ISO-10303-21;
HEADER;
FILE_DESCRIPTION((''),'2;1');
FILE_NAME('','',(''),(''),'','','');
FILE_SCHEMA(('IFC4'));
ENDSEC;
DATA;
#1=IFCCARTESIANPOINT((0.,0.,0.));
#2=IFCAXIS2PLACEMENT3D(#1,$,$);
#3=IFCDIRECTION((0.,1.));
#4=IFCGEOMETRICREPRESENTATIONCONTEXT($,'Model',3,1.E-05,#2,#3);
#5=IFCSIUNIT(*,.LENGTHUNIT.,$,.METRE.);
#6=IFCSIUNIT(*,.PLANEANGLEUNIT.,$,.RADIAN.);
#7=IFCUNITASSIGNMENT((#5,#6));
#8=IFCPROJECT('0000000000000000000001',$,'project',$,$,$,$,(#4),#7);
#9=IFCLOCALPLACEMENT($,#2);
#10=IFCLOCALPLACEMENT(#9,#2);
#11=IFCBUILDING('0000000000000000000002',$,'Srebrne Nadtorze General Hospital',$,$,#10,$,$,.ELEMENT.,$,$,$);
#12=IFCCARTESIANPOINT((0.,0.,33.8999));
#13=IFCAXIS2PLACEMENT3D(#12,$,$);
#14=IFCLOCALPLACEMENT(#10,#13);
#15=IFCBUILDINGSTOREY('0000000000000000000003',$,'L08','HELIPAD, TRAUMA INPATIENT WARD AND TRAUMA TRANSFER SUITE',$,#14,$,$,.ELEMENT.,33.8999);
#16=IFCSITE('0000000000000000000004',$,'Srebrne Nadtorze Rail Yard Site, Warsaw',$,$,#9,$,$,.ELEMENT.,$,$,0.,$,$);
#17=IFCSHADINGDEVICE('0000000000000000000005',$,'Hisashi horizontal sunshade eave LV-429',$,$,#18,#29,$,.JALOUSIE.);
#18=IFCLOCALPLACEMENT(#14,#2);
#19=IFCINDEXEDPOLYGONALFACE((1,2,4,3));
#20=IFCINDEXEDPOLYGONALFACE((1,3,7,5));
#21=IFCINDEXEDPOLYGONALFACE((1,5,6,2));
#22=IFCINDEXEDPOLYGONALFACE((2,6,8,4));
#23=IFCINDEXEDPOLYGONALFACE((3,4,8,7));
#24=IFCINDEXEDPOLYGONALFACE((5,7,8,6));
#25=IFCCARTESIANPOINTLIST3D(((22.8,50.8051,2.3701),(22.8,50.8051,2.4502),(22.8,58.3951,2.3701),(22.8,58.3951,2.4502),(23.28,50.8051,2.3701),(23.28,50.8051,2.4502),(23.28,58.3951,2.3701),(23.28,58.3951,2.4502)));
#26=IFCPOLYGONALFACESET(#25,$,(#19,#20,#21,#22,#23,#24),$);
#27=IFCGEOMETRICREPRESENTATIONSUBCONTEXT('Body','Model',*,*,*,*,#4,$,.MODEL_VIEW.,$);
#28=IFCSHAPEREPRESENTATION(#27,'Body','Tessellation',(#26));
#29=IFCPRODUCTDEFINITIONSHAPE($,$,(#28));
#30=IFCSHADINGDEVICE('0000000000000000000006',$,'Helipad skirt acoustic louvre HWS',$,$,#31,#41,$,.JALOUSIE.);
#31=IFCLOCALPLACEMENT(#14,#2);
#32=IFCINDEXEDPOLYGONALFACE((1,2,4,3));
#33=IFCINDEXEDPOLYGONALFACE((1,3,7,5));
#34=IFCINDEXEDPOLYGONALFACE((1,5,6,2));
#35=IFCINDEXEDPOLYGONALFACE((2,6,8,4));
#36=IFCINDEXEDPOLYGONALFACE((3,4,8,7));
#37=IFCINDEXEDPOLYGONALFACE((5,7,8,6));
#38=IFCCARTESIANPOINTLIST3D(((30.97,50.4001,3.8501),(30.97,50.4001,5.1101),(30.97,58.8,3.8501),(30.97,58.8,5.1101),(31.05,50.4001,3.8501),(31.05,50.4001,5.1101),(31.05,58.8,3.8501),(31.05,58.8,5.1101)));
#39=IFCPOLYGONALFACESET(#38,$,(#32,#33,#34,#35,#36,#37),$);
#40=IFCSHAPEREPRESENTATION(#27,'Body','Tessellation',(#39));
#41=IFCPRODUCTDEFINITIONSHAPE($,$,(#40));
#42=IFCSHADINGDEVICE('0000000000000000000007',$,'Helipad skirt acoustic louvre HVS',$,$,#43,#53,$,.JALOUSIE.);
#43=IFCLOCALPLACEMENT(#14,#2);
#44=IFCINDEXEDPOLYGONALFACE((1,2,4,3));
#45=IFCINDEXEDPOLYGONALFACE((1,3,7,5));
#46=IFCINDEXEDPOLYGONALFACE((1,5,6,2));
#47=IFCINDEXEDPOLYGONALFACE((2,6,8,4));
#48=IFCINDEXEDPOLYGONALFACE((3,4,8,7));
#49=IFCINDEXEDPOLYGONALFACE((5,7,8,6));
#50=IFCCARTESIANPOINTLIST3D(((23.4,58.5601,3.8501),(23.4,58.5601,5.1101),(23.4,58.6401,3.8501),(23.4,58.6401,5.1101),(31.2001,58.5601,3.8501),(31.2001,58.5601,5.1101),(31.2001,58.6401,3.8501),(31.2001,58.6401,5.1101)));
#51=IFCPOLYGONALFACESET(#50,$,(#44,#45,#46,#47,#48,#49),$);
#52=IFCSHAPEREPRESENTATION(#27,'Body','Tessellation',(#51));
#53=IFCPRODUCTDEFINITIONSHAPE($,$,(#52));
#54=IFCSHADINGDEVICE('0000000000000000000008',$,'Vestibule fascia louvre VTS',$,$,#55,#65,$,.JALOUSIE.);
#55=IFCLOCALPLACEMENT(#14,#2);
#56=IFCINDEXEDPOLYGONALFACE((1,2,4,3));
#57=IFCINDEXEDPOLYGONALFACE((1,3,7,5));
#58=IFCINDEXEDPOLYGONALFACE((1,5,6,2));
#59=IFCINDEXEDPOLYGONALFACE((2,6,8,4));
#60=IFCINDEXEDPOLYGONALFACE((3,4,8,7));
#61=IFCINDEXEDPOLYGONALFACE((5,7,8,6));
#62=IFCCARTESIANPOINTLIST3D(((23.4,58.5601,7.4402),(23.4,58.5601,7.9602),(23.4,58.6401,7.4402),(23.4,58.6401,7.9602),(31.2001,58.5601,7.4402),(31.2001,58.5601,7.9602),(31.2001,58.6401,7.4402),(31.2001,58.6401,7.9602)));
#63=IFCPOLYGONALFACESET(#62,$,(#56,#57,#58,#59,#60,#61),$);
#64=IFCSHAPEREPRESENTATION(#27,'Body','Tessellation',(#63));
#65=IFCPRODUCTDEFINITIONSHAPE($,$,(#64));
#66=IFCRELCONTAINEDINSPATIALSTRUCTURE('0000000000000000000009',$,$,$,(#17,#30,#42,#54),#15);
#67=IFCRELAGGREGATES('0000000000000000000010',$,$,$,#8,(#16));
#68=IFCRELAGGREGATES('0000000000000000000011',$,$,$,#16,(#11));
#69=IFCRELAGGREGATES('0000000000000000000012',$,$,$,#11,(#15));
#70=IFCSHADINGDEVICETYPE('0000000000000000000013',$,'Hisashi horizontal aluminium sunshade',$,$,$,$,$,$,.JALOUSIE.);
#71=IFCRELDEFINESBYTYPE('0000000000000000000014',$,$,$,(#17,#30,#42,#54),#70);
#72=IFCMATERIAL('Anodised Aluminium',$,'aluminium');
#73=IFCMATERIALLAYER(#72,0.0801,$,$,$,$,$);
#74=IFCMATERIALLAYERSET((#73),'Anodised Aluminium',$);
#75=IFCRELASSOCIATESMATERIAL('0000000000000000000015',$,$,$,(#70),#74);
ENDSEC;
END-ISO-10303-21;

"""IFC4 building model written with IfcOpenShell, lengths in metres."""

from ifc_helpers import new_model, si_unit, direction, frame, origin, origin_2d, place, context, subcontext, project, spatial, rectangle, extrude, material, layer, layer_set, type_object, element, save


model = new_model("IFC4")

# Units and contexts
model_context = context("Model", 3, precision=1e-05, world=origin(), true_north=direction((0.0, 1.0)))
body_context = subcontext(model_context, "Body", "Model", "MODEL_VIEW")
ifc_project = project(units=[si_unit("LENGTHUNIT", "METRE"), si_unit("PLANEANGLEUNIT", "RADIAN")], contexts=[model_context])

# Site, building, storey
site_placement = place(None, origin())
site = spatial("IfcSite", under=ifc_project, at=site_placement, Name="Srebrne Nadtorze Rail Yard Site, Warsaw", CompositionType="ELEMENT", RefElevation=0.0)
building_placement = place(site_placement, origin())
building = spatial("IfcBuilding", under=site, at=building_placement, Name="Srebrne Nadtorze General Hospital", CompositionType="ELEMENT")
storey_placement = place(building_placement, frame((0.0, 0.0, 33.8999)))
storey = spatial("IfcBuildingStorey", under=building, at=storey_placement, Name="L08", Description="HELIPAD, TRAUMA INPATIENT WARD AND TRAUMA TRANSFER SUITE", CompositionType="ELEMENT", Elevation=33.8999)

# Shading devices
ifc_material_1 = material(Name="Anodised Aluminium", Category="aluminium")
ifc_layer_1 = layer(ifc_material_1, 0.0801)
ifc_layer_set_1 = layer_set([ifc_layer_1], Name="Anodised Aluminium")
shading_device_type = type_object("IfcShadingDeviceType", Name="Hisashi horizontal aluminium sunshade", PredefinedType="JALOUSIE", material=ifc_layer_set_1)
shading_device_1_placement = place(storey_placement, frame((23.04, 54.6001, 2.3701), z_axis=(0.0, 0.0, 1.0), x_axis=(1.0, 0.0, 0.0)))
element("IfcShadingDevice", 1, at=shading_device_1_placement, inside=storey, type_object=shading_device_type, Name="Hisashi horizontal sunshade eave LV-429", PredefinedType="JALOUSIE", context=body_context, shape_type="SweptSolid", body=[
    extrude(rectangle(XDim=0.48, YDim=7.5901, at=origin_2d()), origin(), (0.0, 0.0, 1.0), 0.0801),
])
shading_device_2_placement = place(storey_placement, frame((31.01, 54.6001, 3.8501), z_axis=(0.0, 0.0, 1.0), x_axis=(1.0, 0.0, 0.0)))
element("IfcShadingDevice", 2, at=shading_device_2_placement, inside=storey, type_object=shading_device_type, Name="Helipad skirt acoustic louvre HWS", PredefinedType="JALOUSIE", context=body_context, shape_type="SweptSolid", body=[
    extrude(rectangle(XDim=0.0801, YDim=8.3999, at=origin_2d()), origin(), (0.0, 0.0, 1.0), 1.26),
])
shading_device_3_placement = place(storey_placement, frame((27.3, 58.6001, 3.8501), z_axis=(0.0, 0.0, 1.0), x_axis=(1.0, 0.0, 0.0)))
element("IfcShadingDevice", 3, at=shading_device_3_placement, inside=storey, type_object=shading_device_type, Name="Helipad skirt acoustic louvre HVS", PredefinedType="JALOUSIE", context=body_context, shape_type="SweptSolid", body=[
    extrude(rectangle(XDim=7.8, YDim=0.0801, at=origin_2d()), origin(), (0.0, 0.0, 1.0), 1.26),
])
shading_device_4_placement = place(storey_placement, frame((27.3, 58.6001, 7.4402), z_axis=(0.0, 0.0, 1.0), x_axis=(1.0, 0.0, 0.0)))
element("IfcShadingDevice", 4, at=shading_device_4_placement, inside=storey, type_object=shading_device_type, Name="Vestibule fascia louvre VTS", PredefinedType="JALOUSIE", context=body_context, shape_type="SweptSolid", body=[
    extrude(rectangle(XDim=7.8, YDim=0.0801, at=origin_2d()), origin(), (0.0, 0.0, 1.0), 0.52),
])

save(model, "model.ifc")
